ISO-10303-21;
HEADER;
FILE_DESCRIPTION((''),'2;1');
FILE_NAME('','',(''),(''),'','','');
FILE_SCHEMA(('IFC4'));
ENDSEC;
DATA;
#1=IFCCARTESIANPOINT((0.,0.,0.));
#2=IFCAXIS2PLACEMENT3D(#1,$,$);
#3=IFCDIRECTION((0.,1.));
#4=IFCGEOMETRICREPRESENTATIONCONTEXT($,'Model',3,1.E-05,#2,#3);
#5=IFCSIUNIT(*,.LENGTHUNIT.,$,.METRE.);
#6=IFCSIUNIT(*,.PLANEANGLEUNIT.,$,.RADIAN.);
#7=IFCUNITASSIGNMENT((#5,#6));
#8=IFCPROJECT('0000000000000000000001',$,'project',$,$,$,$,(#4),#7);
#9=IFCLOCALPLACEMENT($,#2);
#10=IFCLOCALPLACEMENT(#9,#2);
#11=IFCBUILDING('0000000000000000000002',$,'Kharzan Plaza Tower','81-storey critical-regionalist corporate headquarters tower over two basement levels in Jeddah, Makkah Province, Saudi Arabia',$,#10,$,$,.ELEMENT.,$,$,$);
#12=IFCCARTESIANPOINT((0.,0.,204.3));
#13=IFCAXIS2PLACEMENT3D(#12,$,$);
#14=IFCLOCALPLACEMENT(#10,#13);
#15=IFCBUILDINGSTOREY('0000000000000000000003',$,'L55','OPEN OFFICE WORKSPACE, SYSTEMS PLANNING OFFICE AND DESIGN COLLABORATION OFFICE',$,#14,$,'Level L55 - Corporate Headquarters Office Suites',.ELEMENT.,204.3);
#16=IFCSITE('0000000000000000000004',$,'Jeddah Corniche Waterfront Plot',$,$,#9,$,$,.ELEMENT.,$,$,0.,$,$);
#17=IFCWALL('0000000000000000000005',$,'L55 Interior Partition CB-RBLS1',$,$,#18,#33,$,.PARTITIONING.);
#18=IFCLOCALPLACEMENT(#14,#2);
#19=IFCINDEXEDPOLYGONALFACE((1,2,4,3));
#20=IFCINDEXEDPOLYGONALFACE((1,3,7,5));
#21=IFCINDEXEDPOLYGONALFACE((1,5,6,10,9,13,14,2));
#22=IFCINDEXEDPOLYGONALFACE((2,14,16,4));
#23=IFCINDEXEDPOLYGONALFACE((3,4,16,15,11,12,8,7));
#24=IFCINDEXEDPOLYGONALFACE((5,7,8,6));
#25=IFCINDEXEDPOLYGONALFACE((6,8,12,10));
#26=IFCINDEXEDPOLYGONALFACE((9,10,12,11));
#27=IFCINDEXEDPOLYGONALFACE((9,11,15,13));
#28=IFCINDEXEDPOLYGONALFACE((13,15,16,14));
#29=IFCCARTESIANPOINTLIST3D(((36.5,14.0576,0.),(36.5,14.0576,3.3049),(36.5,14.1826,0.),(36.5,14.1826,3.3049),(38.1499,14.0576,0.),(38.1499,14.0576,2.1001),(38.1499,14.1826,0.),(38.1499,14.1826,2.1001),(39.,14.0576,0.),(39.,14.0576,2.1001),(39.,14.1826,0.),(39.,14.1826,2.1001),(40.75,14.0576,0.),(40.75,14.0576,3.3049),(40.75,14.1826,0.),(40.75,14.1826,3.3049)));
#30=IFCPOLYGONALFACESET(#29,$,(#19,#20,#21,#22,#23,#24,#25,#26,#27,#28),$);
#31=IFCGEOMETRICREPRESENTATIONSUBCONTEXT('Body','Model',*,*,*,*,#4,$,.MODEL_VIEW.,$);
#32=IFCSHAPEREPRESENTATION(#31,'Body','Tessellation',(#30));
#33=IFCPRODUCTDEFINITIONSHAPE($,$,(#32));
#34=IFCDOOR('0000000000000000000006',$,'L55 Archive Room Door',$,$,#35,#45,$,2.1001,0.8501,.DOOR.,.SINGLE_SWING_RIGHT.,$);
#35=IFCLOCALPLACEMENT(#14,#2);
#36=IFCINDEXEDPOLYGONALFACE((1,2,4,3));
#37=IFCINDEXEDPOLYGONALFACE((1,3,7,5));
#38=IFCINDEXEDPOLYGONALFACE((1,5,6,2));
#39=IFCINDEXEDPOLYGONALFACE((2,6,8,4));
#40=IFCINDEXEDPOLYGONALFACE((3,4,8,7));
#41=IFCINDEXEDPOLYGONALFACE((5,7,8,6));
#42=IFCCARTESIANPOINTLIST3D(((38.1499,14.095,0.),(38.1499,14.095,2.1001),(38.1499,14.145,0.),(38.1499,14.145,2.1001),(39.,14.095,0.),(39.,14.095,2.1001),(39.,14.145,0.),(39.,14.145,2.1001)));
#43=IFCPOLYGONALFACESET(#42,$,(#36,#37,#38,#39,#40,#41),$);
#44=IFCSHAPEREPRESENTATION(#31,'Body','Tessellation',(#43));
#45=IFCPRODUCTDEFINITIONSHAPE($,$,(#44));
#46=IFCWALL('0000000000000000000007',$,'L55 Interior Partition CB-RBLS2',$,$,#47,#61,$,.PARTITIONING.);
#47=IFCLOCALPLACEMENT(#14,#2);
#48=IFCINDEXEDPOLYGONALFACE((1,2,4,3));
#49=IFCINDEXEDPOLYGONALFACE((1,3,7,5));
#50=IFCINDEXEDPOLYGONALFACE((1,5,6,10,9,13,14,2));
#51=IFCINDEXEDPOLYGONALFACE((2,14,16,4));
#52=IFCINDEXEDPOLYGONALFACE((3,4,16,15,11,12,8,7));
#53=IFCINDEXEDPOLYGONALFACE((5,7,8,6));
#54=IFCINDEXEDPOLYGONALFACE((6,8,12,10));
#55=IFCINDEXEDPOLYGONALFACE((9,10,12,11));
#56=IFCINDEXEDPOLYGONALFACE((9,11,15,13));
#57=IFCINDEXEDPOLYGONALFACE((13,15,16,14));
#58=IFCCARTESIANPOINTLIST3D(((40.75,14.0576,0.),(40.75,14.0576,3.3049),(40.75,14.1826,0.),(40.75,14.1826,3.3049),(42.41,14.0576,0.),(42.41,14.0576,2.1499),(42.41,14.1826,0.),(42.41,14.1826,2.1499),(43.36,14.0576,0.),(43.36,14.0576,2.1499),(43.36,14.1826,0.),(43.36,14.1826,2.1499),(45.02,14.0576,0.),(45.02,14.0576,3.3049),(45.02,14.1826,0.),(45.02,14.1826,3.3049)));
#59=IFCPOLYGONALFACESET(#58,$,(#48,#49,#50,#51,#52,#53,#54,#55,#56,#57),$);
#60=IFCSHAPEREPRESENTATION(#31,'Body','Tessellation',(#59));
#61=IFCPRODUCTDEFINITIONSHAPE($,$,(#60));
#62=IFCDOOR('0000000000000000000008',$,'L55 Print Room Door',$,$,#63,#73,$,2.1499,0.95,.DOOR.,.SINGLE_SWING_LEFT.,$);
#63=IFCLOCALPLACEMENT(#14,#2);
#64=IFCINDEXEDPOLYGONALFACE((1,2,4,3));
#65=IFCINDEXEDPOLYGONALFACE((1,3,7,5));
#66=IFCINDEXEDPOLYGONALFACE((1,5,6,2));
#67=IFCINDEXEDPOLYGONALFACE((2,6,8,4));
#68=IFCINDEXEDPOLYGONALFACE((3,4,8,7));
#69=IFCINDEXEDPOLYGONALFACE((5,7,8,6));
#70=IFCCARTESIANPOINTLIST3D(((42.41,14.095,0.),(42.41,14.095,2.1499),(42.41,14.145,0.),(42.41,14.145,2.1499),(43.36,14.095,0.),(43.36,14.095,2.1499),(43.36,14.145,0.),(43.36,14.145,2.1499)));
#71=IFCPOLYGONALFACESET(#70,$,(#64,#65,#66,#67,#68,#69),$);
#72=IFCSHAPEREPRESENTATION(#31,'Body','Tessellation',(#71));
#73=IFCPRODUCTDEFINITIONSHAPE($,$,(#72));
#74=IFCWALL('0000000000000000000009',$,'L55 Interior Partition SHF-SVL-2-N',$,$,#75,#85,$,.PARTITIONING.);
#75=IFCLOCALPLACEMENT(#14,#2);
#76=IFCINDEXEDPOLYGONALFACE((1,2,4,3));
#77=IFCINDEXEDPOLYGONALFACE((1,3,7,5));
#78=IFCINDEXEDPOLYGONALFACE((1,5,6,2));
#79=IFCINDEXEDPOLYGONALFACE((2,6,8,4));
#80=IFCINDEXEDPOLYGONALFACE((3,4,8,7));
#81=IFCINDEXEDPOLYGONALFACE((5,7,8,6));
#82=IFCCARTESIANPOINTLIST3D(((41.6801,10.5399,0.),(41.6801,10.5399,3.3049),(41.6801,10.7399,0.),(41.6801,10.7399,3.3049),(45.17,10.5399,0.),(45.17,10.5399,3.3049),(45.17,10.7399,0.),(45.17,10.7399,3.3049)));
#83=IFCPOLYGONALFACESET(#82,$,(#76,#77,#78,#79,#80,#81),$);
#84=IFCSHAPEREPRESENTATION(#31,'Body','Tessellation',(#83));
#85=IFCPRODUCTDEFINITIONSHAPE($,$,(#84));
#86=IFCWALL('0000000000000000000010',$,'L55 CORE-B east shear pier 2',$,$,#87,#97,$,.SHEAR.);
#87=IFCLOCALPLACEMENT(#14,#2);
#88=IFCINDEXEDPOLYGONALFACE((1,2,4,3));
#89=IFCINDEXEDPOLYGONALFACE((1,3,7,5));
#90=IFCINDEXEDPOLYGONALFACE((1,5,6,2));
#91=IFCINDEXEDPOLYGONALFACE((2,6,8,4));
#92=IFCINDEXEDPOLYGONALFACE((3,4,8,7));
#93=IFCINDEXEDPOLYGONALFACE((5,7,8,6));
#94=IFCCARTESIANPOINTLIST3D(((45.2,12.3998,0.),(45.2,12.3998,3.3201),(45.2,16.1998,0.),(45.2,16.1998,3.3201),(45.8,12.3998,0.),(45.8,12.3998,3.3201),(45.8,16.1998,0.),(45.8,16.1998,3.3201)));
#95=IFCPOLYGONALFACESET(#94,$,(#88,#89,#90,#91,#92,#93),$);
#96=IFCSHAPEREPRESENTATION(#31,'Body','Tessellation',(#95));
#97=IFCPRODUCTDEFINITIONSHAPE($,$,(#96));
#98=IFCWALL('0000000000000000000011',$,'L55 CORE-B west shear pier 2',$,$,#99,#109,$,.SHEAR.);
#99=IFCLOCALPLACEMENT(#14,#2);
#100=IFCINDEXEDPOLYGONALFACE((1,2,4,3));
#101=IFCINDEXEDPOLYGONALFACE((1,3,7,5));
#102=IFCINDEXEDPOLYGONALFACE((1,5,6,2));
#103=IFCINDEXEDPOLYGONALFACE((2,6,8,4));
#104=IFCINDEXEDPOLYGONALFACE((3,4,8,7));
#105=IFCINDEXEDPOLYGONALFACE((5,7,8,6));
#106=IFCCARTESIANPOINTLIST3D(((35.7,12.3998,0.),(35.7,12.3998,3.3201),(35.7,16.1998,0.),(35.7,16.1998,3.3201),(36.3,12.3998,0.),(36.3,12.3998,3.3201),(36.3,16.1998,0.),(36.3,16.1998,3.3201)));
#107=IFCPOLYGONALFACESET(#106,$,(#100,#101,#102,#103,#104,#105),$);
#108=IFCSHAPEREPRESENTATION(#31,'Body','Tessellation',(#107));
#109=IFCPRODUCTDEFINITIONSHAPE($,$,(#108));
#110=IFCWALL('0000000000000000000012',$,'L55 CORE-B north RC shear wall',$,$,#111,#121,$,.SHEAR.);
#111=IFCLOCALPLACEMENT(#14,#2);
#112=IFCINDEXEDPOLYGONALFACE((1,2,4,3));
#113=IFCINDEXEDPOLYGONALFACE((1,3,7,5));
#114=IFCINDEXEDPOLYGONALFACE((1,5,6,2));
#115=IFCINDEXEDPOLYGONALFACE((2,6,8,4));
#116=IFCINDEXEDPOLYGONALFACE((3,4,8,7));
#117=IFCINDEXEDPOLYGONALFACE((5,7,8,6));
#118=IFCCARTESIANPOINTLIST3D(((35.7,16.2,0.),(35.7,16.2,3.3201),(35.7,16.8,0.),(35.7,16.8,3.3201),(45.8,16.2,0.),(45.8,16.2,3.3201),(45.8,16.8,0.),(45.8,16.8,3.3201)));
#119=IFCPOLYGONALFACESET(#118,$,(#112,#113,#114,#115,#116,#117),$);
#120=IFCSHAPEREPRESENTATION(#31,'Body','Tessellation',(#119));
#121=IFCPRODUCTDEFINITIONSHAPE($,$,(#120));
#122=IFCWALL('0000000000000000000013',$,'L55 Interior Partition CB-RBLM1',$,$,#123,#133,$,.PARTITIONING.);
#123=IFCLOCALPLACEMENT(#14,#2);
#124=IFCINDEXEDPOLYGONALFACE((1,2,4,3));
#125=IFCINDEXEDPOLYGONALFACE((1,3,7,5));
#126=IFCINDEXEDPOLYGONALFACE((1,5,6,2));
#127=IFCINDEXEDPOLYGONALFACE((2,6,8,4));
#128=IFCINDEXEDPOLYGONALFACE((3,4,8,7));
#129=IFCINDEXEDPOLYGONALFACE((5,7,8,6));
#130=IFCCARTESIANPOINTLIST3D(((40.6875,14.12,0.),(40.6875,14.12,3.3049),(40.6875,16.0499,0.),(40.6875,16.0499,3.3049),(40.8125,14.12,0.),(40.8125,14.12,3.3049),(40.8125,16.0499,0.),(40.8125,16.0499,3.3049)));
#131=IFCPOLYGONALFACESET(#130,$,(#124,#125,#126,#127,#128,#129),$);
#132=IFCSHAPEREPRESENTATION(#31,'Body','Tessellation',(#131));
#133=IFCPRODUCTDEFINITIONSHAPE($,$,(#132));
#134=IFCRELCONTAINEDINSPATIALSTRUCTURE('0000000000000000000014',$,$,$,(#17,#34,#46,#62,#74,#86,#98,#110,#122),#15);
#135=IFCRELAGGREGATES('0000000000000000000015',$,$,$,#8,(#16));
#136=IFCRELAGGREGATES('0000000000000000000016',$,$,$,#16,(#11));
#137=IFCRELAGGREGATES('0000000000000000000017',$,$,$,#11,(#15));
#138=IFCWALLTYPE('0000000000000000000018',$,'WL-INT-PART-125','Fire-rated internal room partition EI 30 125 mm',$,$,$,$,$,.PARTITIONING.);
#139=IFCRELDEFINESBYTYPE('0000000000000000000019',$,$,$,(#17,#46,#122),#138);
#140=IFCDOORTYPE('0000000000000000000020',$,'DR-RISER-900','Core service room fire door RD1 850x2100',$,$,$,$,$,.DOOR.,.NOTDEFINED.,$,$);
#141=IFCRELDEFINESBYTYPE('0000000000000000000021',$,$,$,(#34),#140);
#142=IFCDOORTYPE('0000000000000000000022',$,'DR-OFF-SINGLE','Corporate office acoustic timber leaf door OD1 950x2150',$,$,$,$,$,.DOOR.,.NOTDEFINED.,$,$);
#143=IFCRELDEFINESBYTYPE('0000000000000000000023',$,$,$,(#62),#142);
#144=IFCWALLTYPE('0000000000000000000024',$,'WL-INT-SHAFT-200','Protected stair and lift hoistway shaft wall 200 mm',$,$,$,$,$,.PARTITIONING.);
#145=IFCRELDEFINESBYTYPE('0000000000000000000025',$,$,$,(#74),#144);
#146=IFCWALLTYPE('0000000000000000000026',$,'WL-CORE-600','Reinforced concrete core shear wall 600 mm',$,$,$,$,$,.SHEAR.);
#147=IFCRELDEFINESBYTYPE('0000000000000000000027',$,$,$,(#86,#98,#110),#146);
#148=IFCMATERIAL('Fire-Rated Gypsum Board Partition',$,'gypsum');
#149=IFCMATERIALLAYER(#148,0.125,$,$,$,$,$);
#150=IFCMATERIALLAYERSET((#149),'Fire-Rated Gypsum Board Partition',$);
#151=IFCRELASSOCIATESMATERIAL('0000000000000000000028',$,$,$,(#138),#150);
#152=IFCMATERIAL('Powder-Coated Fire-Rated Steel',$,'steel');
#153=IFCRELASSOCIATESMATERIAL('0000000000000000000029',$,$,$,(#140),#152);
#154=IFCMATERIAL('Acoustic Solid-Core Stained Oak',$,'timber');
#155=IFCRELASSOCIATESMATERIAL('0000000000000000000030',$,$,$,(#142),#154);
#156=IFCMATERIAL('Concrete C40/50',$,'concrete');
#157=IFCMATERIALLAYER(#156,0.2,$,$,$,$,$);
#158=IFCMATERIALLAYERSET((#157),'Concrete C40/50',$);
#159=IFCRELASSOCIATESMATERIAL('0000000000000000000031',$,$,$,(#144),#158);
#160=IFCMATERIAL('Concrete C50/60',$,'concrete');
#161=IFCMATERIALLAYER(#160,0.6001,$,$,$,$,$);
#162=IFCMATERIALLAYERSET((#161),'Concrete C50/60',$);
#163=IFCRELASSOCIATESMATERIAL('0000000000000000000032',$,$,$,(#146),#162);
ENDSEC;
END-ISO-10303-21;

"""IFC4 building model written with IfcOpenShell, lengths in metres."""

from ifc_helpers import new_model, si_unit, direction, frame, frame_2d, origin, place, context, subcontext, project, spatial, rectangle, extrude, source, transform, mapped, material, layer, layer_set, type_object, element, fill, save


model = new_model("IFC4")

# Units and contexts
model_context = context("Model", 3, precision=1e-05, world=origin(), true_north=direction((0.0, 1.0)))
body_context = subcontext(model_context, "Body", "Model", "MODEL_VIEW")
ifc_project = project(units=[si_unit("LENGTHUNIT", "METRE"), si_unit("PLANEANGLEUNIT", "RADIAN")], contexts=[model_context])

# Site, building, storey
site_placement = place(None, origin())
site = spatial("IfcSite", under=ifc_project, at=site_placement, Name="Jeddah Corniche Waterfront Plot", CompositionType="ELEMENT", RefElevation=0.0)
building_placement = place(site_placement, origin())
building = spatial("IfcBuilding", under=site, at=building_placement, Name="Kharzan Plaza Tower", Description="81-storey critical-regionalist corporate headquarters tower over two basement levels in Jeddah, Makkah Province, Saudi Arabia", CompositionType="ELEMENT")
storey_placement = place(building_placement, frame((0.0, 0.0, 204.3)))
storey = spatial("IfcBuildingStorey", under=building, at=storey_placement, Name="L55", Description="OPEN OFFICE WORKSPACE, SYSTEMS PLANNING OFFICE AND DESIGN COLLABORATION OFFICE", LongName="Level L55 - Corporate Headquarters Office Suites", CompositionType="ELEMENT", Elevation=204.3)

# Shared definitions
ifc_material_1 = material(Name="Concrete C50/60", Category="concrete")

# Shared definitions
ifc_material_2 = material(Name="Concrete C40/50", Category="concrete")

# Walls, openings, doors
ifc_material_3 = material(Name="Fire-Rated Gypsum Board Partition", Category="gypsum")
ifc_layer_1 = layer(ifc_material_3, 0.125)
ifc_layer_set_1 = layer_set([ifc_layer_1], Name="Fire-Rated Gypsum Board Partition")
wall_type_1 = type_object("IfcWallType", Name="WL-INT-PART-125", Description="Fire-rated internal room partition EI 30 125 mm", PredefinedType="PARTITIONING", material=ifc_layer_set_1)
wall_1_placement = place(storey_placement, frame((36.5, 14.1201, 0.0), z_axis=(0.0, 0.0, 1.0), x_axis=(1.0, 0.0, 0.0)))
wall_1 = element("IfcWall", 1, at=wall_1_placement, inside=storey, type_object=wall_type_1, Name="L55 Interior Partition CB-RBLS1", PredefinedType="PARTITIONING", context=body_context, shape_type="SweptSolid", body=[
    extrude(rectangle(XDim=4.25, YDim=0.125, at=frame_2d((2.125, 0.0))), origin(), (0.0, 0.0, 1.0), 3.3049),
])
opening_1_placement = place(wall_1_placement, frame((1.6499, 0.0, 0.0)))
opening_1 = element("IfcOpeningElement", 2, at=opening_1_placement, cuts=wall_1, PredefinedType="OPENING", context=body_context, shape_type="SweptSolid", body=[
    extrude(rectangle(XDim=0.8501, YDim=2.1001, at=frame_2d((0.425, 1.05))), frame((0.0, 0.0725, 0.0), z_axis=(0.0, -1.0, 0.0), x_axis=(1.0, 0.0, 0.0)), (0.0, 0.0, 1.0), 0.145),
])
ifc_material_4 = material(Name="Powder-Coated Fire-Rated Steel", Category="steel")
door_type_1 = type_object("IfcDoorType", Name="DR-RISER-900", Description="Core service room fire door RD1 850x2100", OperationType="NOTDEFINED", PredefinedType="DOOR", material=ifc_material_4)
shared_shape_1 = source(origin(), body_context, "Body", "SweptSolid", [
    extrude(rectangle(XDim=0.8501, YDim=2.1001, at=frame_2d((0.425, 1.05))), frame((0.0, 0.0249, 0.0), z_axis=(0.0, -1.0, 0.0), x_axis=(1.0, 0.0, 0.0)), (0.0, 0.0, 1.0), 0.05),
])
door_1_placement = place(opening_1_placement, origin())
door_1 = element("IfcDoor", 3, at=door_1_placement, inside=storey, type_object=door_type_1, Name="L55 Archive Room Door", OperationType="SINGLE_SWING_RIGHT", OverallHeight=2.1001, OverallWidth=0.8501, PredefinedType="DOOR", context=body_context, shape_type="MappedRepresentation", body=[
    mapped(shared_shape_1, transform((0.0, 0.0, 0.0), x_axis=(1.0, 0.0, 0.0), y_axis=(0.0, 1.0, 0.0), z_axis=(0.0, 0.0, 1.0))),
])
fill(opening_1, door_1)
wall_2_placement = place(storey_placement, frame((40.75, 14.1201, 0.0), z_axis=(0.0, 0.0, 1.0), x_axis=(1.0, 0.0, 0.0)))
wall_2 = element("IfcWall", 4, at=wall_2_placement, inside=storey, type_object=wall_type_1, Name="L55 Interior Partition CB-RBLS2", PredefinedType="PARTITIONING", context=body_context, shape_type="SweptSolid", body=[
    extrude(rectangle(XDim=4.27, YDim=0.125, at=frame_2d((2.135, 0.0))), origin(), (0.0, 0.0, 1.0), 3.3049),
])
opening_2_placement = place(wall_2_placement, frame((1.6599, 0.0, 0.0)))
opening_2 = element("IfcOpeningElement", 5, at=opening_2_placement, cuts=wall_2, PredefinedType="OPENING", context=body_context, shape_type="SweptSolid", body=[
    extrude(rectangle(XDim=0.95, YDim=2.1499, at=frame_2d((0.4751, 1.075))), frame((0.0, 0.0725, 0.0), z_axis=(0.0, -1.0, 0.0), x_axis=(1.0, 0.0, 0.0)), (0.0, 0.0, 1.0), 0.145),
])
ifc_material_5 = material(Name="Acoustic Solid-Core Stained Oak", Category="timber")
door_type_2 = type_object("IfcDoorType", Name="DR-OFF-SINGLE", Description="Corporate office acoustic timber leaf door OD1 950x2150", OperationType="NOTDEFINED", PredefinedType="DOOR", material=ifc_material_5)
shared_shape_2 = source(origin(), body_context, "Body", "SweptSolid", [
    extrude(rectangle(XDim=0.95, YDim=2.1499, at=frame_2d((0.4751, 1.075))), frame((0.0, 0.0249, 0.0), z_axis=(0.0, -1.0, 0.0), x_axis=(1.0, 0.0, 0.0)), (0.0, 0.0, 1.0), 0.05),
])
door_2_placement = place(opening_2_placement, origin())
door_2 = element("IfcDoor", 6, at=door_2_placement, inside=storey, type_object=door_type_2, Name="L55 Print Room Door", OperationType="SINGLE_SWING_LEFT", OverallHeight=2.1499, OverallWidth=0.95, PredefinedType="DOOR", context=body_context, shape_type="MappedRepresentation", body=[
    mapped(shared_shape_2, transform((0.0, 0.0, 0.0), x_axis=(1.0, 0.0, 0.0), y_axis=(0.0, 1.0, 0.0), z_axis=(0.0, 0.0, 1.0))),
])
fill(opening_2, door_2)

# Walls
ifc_layer_2 = layer(ifc_material_2, 0.2)
ifc_layer_set_2 = layer_set([ifc_layer_2], Name="Concrete C40/50")
wall_type_2 = type_object("IfcWallType", Name="WL-INT-SHAFT-200", Description="Protected stair and lift hoistway shaft wall 200 mm", PredefinedType="PARTITIONING", material=ifc_layer_set_2)
shared_shape_3 = source(origin(), body_context, "Body", "SweptSolid", [
    extrude(rectangle(XDim=3.49, YDim=0.2, at=frame_2d((1.7451, 0.0))), origin(), (0.0, 0.0, 1.0), 3.3049),
])
wall_3_placement = place(storey_placement, frame((41.6799, 10.6399, 0.0), z_axis=(0.0, 0.0, 1.0), x_axis=(1.0, 0.0, 0.0)))
element("IfcWall", 7, at=wall_3_placement, inside=storey, type_object=wall_type_2, Name="L55 Interior Partition SHF-SVL-2-N", PredefinedType="PARTITIONING", context=body_context, shape_type="MappedRepresentation", body=[
    mapped(shared_shape_3, transform((0.0, 0.0, 0.0), x_axis=(1.0, 0.0, 0.0), y_axis=(0.0, 1.0, 0.0), z_axis=(0.0, 0.0, 1.0))),
])
ifc_layer_3 = layer(ifc_material_1, 0.6001)
ifc_layer_set_3 = layer_set([ifc_layer_3], Name="Concrete C50/60")
wall_type_3 = type_object("IfcWallType", Name="WL-CORE-600", Description="Reinforced concrete core shear wall 600 mm", PredefinedType="SHEAR", material=ifc_layer_set_3)
shared_shape_4 = source(origin(), body_context, "Body", "SweptSolid", [
    extrude(rectangle(XDim=3.8, YDim=0.6001, at=frame_2d((1.8999, 0.0))), origin(), (0.0, 0.0, 1.0), 3.3201),
])
for number, where, z_axis, x_axis, name in (
    (8, (45.5, 12.3999, 0.0), (0.0, 0.0, 1.0), (0.0, 1.0, 0.0), "L55 CORE-B east shear pier 2"),
    (9, (36.0, 12.3999, 0.0), (0.0, 0.0, 1.0), (0.0, 1.0, 0.0), "L55 CORE-B west shear pier 2"),
):
    element("IfcWall", number, at=place(storey_placement, frame(where, z_axis=z_axis, x_axis=x_axis)), inside=storey, type_object=wall_type_3, Name=name, PredefinedType="SHEAR", context=body_context, shape_type="MappedRepresentation", body=[
        mapped(shared_shape_4, transform((0.0, 0.0, 0.0), x_axis=(1.0, 0.0, 0.0), y_axis=(0.0, 1.0, 0.0), z_axis=(0.0, 0.0, 1.0))),
    ])
shared_shape_5 = source(origin(), body_context, "Body", "SweptSolid", [
    extrude(rectangle(XDim=10.1001, YDim=0.6001, at=frame_2d((5.05, 0.0))), origin(), (0.0, 0.0, 1.0), 3.3201),
])
wall_4_placement = place(storey_placement, frame((35.7, 16.5, 0.0), z_axis=(0.0, 0.0, 1.0), x_axis=(1.0, 0.0, 0.0)))
element("IfcWall", 10, at=wall_4_placement, inside=storey, type_object=wall_type_3, Name="L55 CORE-B north RC shear wall", PredefinedType="SHEAR", context=body_context, shape_type="MappedRepresentation", body=[
    mapped(shared_shape_5, transform((0.0, 0.0, 0.0), x_axis=(1.0, 0.0, 0.0), y_axis=(0.0, 1.0, 0.0), z_axis=(0.0, 0.0, 1.0))),
])
shared_shape_6 = source(origin(), body_context, "Body", "SweptSolid", [
    extrude(rectangle(XDim=1.9299, YDim=0.125, at=frame_2d((0.9648, 0.0))), origin(), (0.0, 0.0, 1.0), 3.3049),
])
wall_5_placement = place(storey_placement, frame((40.75, 14.1201, 0.0), z_axis=(0.0, 0.0, 1.0), x_axis=(0.0, 1.0, 0.0)))
element("IfcWall", 11, at=wall_5_placement, inside=storey, type_object=wall_type_1, Name="L55 Interior Partition CB-RBLM1", PredefinedType="PARTITIONING", context=body_context, shape_type="MappedRepresentation", body=[
    mapped(shared_shape_6, transform((0.0, 0.0, 0.0), x_axis=(1.0, 0.0, 0.0), y_axis=(0.0, 1.0, 0.0), z_axis=(0.0, 0.0, 1.0))),
])

save(model, "model.ifc")
